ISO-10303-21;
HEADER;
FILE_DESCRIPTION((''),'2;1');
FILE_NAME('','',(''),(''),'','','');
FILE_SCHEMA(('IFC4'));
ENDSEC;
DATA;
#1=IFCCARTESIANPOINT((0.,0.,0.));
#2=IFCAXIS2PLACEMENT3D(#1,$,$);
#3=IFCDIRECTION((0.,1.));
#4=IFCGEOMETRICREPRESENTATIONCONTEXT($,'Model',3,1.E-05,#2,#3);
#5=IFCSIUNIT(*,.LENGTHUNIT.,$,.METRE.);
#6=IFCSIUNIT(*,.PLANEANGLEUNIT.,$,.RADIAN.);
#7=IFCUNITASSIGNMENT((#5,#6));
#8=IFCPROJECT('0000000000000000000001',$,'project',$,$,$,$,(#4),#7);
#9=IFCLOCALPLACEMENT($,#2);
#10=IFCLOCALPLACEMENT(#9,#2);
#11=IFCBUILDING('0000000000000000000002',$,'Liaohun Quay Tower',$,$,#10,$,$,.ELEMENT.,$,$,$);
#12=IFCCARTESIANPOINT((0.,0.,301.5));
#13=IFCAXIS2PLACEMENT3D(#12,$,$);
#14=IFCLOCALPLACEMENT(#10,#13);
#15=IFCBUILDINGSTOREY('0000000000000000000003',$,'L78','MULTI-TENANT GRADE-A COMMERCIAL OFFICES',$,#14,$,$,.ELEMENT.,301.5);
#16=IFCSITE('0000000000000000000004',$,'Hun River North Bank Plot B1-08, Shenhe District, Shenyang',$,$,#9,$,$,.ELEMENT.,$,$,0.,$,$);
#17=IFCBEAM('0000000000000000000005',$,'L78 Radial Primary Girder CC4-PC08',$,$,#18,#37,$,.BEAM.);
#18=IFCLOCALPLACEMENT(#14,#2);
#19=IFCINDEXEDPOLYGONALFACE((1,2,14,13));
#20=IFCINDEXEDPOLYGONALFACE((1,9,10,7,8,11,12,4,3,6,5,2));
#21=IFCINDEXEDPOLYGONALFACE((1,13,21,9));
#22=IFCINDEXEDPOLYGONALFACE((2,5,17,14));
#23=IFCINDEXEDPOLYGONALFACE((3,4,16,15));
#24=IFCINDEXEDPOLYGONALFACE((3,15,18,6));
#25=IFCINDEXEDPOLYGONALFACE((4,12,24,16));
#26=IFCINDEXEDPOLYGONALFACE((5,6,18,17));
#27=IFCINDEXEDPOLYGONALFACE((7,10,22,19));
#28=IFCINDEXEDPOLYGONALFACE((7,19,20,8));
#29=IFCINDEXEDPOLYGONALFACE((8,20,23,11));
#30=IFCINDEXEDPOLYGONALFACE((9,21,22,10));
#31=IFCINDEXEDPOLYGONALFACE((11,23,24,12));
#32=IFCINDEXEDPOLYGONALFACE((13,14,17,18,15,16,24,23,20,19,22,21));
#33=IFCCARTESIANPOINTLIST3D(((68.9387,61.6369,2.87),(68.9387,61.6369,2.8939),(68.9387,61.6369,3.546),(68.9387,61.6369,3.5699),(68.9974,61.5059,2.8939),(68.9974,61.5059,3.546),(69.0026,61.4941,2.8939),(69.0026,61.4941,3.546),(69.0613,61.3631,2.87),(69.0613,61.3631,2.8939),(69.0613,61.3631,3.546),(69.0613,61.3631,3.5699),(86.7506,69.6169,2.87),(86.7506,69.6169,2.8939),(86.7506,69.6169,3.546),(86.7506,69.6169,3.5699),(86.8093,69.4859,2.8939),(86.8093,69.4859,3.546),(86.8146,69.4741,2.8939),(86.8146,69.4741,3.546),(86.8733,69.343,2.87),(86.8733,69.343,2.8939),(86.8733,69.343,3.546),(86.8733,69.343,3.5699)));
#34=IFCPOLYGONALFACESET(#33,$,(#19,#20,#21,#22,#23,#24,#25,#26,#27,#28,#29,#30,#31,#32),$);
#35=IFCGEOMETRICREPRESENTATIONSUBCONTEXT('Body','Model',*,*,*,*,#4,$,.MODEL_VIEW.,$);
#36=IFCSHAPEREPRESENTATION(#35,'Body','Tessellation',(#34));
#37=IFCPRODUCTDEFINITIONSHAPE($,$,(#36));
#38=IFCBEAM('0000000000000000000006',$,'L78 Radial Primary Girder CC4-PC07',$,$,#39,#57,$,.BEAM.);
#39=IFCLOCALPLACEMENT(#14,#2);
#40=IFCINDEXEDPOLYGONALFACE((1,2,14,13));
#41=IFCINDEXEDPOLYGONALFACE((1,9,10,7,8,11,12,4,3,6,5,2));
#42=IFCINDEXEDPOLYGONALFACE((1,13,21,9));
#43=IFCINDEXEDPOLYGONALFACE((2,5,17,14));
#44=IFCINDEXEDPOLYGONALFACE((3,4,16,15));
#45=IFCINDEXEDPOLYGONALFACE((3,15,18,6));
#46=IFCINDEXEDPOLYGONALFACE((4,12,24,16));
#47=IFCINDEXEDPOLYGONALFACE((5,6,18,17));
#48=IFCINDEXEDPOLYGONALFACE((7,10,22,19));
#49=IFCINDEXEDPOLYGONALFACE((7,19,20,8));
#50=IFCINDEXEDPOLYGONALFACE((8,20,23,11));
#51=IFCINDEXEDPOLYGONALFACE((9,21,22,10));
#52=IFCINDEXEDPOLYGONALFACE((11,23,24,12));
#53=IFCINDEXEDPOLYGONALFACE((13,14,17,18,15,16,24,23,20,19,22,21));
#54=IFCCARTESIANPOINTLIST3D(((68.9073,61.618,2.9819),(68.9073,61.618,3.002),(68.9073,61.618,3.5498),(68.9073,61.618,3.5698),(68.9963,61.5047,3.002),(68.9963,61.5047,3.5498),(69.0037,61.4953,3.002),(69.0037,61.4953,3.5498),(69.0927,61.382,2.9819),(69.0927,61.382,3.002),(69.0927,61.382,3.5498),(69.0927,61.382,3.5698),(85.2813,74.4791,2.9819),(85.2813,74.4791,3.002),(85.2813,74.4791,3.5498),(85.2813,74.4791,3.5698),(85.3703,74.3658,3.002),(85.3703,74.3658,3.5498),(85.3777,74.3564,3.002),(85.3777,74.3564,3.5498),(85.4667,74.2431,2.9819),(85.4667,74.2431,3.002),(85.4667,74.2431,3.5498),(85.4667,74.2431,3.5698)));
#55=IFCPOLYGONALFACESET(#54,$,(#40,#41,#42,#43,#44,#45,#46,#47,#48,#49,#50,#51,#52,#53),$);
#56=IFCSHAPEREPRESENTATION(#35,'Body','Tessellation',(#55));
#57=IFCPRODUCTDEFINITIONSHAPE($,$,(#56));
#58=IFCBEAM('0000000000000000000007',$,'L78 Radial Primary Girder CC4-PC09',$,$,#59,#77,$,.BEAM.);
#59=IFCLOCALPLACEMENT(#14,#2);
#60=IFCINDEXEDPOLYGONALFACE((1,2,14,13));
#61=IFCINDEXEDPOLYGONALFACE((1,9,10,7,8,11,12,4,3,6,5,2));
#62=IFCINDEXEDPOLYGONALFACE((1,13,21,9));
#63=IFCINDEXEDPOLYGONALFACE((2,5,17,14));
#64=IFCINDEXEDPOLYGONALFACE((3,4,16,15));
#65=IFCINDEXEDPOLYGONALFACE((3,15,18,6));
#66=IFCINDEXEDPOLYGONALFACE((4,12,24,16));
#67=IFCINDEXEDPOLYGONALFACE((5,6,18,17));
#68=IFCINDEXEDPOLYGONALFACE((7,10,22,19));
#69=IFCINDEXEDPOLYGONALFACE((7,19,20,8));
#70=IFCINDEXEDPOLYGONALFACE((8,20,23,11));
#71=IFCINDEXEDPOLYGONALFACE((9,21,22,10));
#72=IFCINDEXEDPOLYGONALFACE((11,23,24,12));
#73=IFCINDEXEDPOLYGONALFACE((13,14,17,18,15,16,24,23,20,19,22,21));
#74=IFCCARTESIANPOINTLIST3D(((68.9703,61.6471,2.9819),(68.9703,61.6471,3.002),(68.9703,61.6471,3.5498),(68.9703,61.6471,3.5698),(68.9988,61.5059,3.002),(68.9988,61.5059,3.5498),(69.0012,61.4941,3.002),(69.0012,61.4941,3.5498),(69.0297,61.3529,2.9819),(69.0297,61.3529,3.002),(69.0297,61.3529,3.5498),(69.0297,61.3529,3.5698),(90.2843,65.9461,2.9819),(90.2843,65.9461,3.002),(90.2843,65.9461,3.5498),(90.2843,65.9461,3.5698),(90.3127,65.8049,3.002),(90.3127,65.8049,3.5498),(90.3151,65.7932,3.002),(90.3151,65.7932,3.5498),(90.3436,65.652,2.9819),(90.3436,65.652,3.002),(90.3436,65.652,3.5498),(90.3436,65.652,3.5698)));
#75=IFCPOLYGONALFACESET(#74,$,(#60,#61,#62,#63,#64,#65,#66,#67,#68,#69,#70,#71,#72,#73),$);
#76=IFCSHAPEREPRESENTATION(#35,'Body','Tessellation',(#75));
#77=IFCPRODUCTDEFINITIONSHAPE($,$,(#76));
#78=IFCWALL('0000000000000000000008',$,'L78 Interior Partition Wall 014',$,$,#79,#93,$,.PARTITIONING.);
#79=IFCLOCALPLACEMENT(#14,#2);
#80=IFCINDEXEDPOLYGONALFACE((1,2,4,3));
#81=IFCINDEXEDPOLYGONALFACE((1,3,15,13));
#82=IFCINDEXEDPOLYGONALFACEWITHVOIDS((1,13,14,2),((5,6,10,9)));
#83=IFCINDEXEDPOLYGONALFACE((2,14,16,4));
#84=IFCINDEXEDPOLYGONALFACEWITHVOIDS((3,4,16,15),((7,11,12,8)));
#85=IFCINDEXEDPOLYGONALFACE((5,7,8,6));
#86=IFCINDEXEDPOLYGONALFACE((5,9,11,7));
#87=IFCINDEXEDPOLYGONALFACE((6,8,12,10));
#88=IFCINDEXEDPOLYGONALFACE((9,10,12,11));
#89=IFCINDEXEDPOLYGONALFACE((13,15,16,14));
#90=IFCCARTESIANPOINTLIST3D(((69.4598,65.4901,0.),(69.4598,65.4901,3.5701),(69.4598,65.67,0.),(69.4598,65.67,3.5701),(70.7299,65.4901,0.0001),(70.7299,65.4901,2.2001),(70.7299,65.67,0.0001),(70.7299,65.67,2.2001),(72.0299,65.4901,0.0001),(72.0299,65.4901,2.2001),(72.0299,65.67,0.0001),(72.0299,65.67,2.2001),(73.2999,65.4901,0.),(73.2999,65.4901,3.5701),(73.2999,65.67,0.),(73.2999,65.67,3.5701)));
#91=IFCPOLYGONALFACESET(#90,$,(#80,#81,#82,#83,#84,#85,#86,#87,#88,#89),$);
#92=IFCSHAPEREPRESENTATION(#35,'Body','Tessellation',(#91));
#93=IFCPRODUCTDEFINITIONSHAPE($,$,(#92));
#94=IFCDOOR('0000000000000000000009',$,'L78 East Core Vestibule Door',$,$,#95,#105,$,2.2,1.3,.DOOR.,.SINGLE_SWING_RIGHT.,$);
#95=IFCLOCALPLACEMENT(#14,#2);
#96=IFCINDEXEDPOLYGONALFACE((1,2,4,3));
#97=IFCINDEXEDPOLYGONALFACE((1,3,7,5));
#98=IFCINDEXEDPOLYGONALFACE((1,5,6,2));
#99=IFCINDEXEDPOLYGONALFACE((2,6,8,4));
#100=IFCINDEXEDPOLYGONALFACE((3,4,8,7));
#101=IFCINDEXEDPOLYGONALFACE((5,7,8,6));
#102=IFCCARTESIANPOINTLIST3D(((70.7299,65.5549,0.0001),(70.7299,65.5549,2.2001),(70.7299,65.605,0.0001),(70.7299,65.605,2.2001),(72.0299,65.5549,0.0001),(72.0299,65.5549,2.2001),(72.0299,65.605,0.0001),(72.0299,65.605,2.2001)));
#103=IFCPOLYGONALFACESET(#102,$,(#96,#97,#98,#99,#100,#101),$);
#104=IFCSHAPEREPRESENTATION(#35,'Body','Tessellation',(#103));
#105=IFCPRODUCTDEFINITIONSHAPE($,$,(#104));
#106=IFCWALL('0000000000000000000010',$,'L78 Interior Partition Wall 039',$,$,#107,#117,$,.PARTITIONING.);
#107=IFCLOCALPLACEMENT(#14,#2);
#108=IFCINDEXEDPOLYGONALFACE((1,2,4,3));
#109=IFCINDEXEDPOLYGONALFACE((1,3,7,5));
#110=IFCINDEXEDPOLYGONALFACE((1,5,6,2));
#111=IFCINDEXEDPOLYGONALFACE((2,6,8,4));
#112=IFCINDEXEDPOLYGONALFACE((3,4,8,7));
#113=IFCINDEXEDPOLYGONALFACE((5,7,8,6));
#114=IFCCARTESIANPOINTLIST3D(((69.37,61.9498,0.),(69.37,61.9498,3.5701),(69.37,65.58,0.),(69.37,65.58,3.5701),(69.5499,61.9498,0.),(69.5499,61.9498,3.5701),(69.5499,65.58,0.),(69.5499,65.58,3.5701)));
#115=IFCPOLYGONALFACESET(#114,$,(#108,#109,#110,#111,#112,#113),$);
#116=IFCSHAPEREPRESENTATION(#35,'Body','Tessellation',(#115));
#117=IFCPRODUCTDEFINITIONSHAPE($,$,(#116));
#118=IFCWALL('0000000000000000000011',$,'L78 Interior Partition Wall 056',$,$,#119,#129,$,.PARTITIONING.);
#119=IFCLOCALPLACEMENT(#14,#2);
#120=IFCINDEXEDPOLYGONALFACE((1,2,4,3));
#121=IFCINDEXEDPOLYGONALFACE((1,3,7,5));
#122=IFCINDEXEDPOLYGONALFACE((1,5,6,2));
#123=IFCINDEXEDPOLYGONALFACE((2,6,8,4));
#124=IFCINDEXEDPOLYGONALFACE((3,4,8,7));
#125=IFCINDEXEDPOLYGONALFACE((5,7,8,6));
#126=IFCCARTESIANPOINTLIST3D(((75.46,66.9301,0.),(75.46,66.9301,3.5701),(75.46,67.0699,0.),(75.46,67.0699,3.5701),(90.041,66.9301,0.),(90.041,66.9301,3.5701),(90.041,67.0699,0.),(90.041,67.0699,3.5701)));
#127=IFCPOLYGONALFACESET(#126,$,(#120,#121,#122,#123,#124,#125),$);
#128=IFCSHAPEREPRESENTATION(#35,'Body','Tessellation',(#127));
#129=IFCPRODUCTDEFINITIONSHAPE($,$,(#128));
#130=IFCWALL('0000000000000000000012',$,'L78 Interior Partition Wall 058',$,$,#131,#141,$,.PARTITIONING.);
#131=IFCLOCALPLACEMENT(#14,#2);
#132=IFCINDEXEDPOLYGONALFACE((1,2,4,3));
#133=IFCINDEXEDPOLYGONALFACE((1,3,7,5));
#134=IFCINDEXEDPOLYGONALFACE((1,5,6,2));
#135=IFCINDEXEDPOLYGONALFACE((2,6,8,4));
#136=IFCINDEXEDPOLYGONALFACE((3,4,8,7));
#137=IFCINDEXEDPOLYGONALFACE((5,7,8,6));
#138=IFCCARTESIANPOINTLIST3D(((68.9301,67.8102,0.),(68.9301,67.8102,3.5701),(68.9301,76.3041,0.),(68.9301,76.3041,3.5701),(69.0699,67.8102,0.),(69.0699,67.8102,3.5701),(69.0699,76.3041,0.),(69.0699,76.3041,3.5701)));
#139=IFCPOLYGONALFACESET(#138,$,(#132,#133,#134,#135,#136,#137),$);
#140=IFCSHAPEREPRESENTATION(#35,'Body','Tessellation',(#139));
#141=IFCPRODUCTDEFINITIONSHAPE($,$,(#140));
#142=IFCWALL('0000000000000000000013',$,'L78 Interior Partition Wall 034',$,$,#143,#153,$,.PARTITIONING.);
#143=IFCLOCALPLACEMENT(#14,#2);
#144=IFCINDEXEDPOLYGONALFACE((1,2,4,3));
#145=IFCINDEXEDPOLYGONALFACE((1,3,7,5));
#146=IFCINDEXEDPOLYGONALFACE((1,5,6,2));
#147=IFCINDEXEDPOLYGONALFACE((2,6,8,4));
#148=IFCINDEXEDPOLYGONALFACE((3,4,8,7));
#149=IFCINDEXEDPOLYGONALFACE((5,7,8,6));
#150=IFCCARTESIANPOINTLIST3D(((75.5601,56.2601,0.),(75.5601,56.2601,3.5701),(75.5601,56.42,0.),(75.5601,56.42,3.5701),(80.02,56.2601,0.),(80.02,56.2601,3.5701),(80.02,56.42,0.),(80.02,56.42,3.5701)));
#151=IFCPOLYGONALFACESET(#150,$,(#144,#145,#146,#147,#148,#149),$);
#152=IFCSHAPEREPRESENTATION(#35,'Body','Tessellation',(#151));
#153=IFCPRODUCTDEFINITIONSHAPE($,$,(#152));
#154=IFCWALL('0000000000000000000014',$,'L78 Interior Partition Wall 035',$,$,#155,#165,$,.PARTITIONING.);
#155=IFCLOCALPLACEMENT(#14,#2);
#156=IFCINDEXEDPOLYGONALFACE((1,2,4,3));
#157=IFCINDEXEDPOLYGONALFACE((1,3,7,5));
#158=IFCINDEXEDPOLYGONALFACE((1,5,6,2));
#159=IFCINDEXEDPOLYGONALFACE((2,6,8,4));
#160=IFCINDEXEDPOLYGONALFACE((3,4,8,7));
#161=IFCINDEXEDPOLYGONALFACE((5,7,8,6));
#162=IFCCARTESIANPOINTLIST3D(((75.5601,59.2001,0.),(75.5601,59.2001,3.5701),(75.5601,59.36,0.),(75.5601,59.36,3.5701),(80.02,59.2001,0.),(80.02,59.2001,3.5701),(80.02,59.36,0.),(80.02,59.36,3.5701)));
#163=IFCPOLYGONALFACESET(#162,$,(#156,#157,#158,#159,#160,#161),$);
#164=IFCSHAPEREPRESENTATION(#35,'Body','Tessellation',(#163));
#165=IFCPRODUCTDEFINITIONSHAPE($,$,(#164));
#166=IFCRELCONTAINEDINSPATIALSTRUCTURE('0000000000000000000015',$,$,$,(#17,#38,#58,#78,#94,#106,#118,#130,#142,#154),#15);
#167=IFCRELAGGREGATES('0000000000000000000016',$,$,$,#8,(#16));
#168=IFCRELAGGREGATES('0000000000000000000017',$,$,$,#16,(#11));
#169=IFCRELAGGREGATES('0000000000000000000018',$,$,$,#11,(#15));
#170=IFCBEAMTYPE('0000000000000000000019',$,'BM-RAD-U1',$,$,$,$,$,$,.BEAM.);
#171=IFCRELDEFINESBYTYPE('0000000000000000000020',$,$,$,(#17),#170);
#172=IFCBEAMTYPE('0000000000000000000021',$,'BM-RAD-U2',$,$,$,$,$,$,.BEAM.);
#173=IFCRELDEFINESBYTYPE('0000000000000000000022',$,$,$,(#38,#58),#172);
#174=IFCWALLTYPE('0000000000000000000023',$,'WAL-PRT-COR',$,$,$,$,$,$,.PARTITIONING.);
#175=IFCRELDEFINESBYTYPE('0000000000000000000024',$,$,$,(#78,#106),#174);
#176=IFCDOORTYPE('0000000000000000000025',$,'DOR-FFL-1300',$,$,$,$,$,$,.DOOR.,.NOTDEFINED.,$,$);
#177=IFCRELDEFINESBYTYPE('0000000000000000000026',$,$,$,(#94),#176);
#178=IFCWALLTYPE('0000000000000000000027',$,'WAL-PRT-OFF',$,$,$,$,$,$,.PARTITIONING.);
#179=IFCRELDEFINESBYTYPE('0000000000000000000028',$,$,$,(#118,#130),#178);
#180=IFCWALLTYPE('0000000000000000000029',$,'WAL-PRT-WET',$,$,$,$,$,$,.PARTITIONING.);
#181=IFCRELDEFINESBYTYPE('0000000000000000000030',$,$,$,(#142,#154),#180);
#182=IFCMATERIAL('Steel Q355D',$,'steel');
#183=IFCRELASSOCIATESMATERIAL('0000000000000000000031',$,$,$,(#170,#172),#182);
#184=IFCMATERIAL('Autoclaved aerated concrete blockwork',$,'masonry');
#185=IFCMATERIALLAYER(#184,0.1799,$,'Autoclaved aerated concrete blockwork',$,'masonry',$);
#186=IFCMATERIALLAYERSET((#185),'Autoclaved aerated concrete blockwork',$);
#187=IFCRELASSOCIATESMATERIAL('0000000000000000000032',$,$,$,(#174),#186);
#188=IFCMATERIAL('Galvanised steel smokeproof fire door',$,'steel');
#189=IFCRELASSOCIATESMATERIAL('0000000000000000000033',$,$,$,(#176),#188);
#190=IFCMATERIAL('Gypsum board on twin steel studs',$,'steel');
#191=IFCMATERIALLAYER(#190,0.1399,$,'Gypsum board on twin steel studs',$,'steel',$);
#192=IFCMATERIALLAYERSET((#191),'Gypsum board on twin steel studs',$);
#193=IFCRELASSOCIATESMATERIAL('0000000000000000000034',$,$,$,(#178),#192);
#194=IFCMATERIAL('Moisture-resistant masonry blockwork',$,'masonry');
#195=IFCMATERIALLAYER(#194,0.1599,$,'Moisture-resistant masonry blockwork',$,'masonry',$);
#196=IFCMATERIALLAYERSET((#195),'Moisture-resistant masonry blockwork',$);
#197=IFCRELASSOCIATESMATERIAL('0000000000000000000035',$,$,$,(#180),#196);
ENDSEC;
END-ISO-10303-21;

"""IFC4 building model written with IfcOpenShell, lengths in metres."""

from ifc_helpers import new_model, si_unit, direction, frame, frame_2d, origin, origin_2d, place, context, subcontext, project, spatial, rectangle, i_section, extrude, source, transform, mapped, material, layer, layer_set, material_profile, profile_set, type_object, element, fill, save


model = new_model("IFC4")

# Units and contexts
model_context = context("Model", 3, precision=1e-05, world=origin(), true_north=direction((0.0, 1.0)))
body_context = subcontext(model_context, "Body", "Model", "MODEL_VIEW")
ifc_project = project(units=[si_unit("LENGTHUNIT", "METRE"), si_unit("PLANEANGLEUNIT", "RADIAN")], contexts=[model_context])

# Site, building, storey
site_placement = place(None, origin())
site = spatial("IfcSite", under=ifc_project, at=site_placement, Name="Hun River North Bank Plot B1-08, Shenhe District, Shenyang", CompositionType="ELEMENT", RefElevation=0.0)
building_placement = place(site_placement, origin())
building = spatial("IfcBuilding", under=site, at=building_placement, Name="Liaohun Quay Tower", CompositionType="ELEMENT")
storey_placement = place(building_placement, frame((0.0, 0.0, 301.5)))
storey = spatial("IfcBuildingStorey", under=building, at=storey_placement, Name="L78", Description="MULTI-TENANT GRADE-A COMMERCIAL OFFICES", CompositionType="ELEMENT", Elevation=301.5)

# Beams
ifc_material_1 = material(Name="Steel Q355D", Category="steel")
ifc_material_profile_1 = material_profile(ifc_material_1, i_section(OverallWidth=0.3, OverallDepth=0.7, WebThickness=0.0129, FlangeThickness=0.0239, at=origin_2d()), Name="HN700x300x13x24")
ifc_profile_set_1 = profile_set([ifc_material_profile_1], Name="Steel Q355D")
beam_type_1 = type_object("IfcBeamType", Name="BM-RAD-U1", PredefinedType="BEAM", material=ifc_profile_set_1)
shared_shape_1 = source(origin(), body_context, "Body", "SweptSolid", [
    extrude(i_section(OverallWidth=0.3, OverallDepth=0.7, WebThickness=0.0129, FlangeThickness=0.0239, at=origin_2d()), origin(), (0.0, 0.0, 1.0), 19.5178),
])
beam_1_placement = place(storey_placement, frame((69.0, 61.5, 3.22), z_axis=(0.912599, 0.408855, 0.0), x_axis=(-0.408855, 0.912599, 0.0)))
element("IfcBeam", 1, at=beam_1_placement, inside=storey, type_object=beam_type_1, Name="L78 Radial Primary Girder CC4-PC08", PredefinedType="BEAM", context=body_context, shape_type="MappedRepresentation", body=[
    mapped(shared_shape_1, transform((0.0, 0.0, 0.0), x_axis=(1.0, 0.0, 0.0), y_axis=(0.0, 1.0, 0.0), z_axis=(0.0, 0.0, 1.0), scale=1.0)),
])
ifc_material_profile_2 = material_profile(ifc_material_1, i_section(OverallWidth=0.3, OverallDepth=0.5879, WebThickness=0.012, FlangeThickness=0.02, at=origin_2d()), Name="HM588x300x12x20")
ifc_profile_set_2 = profile_set([ifc_material_profile_2], Name="Steel Q355D")
beam_type_2 = type_object("IfcBeamType", Name="BM-RAD-U2", PredefinedType="BEAM", material=ifc_profile_set_2)
shared_shape_2 = source(origin(), body_context, "Body", "SweptSolid", [
    extrude(i_section(OverallWidth=0.3, OverallDepth=0.5879, WebThickness=0.012, FlangeThickness=0.02, at=origin_2d()), origin(), (0.0, 0.0, 1.0), 20.821),
])
beam_2_placement = place(storey_placement, frame((69.0, 61.5, 3.2759), z_axis=(0.786417, 0.617696, 0.0), x_axis=(-0.617696, 0.786417, 0.0)))
element("IfcBeam", 2, at=beam_2_placement, inside=storey, type_object=beam_type_2, Name="L78 Radial Primary Girder CC4-PC07", PredefinedType="BEAM", context=body_context, shape_type="MappedRepresentation", body=[
    mapped(shared_shape_2, transform((0.0, 0.0, 0.0), x_axis=(1.0, 0.0, 0.0), y_axis=(0.0, 1.0, 0.0), z_axis=(0.0, 0.0, 1.0), scale=1.0)),
])
shared_shape_3 = source(origin(), body_context, "Body", "SweptSolid", [
    extrude(i_section(OverallWidth=0.3, OverallDepth=0.5879, WebThickness=0.012, FlangeThickness=0.02, at=origin_2d()), origin(), (0.0, 0.0, 1.0), 21.7432),
])
beam_3_placement = place(storey_placement, frame((69.0, 61.5, 3.2759), z_axis=(0.980258, 0.19772, 0.0), x_axis=(-0.19772, 0.980258, 0.0)))
element("IfcBeam", 3, at=beam_3_placement, inside=storey, type_object=beam_type_2, Name="L78 Radial Primary Girder CC4-PC09", PredefinedType="BEAM", context=body_context, shape_type="MappedRepresentation", body=[
    mapped(shared_shape_3, transform((0.0, 0.0, 0.0), x_axis=(1.0, 0.0, 0.0), y_axis=(0.0, 1.0, 0.0), z_axis=(0.0, 0.0, 1.0), scale=1.0)),
])

# Wall, opening, door
ifc_material_2 = material(Name="Autoclaved aerated concrete blockwork", Category="masonry")
ifc_layer_1 = layer(ifc_material_2, 0.1799, Name="Autoclaved aerated concrete blockwork", Category="masonry")
ifc_layer_set_1 = layer_set([ifc_layer_1], Name="Autoclaved aerated concrete blockwork")
wall_type_1 = type_object("IfcWallType", Name="WAL-PRT-COR", PredefinedType="PARTITIONING", material=ifc_layer_set_1)
wall_1_placement = place(storey_placement, frame((69.46, 65.5801, 0.0), z_axis=(0.0, 0.0, 1.0), x_axis=(1.0, 0.0, 0.0)))
wall_1 = element("IfcWall", 4, at=wall_1_placement, inside=storey, type_object=wall_type_1, Name="L78 Interior Partition Wall 014", PredefinedType="PARTITIONING", context=body_context, shape_type="SweptSolid", body=[
    extrude(rectangle(XDim=3.8401, YDim=0.1799, at=frame_2d((1.9199, 0.0))), origin(), (0.0, 0.0, 1.0), 3.5701),
])
shared_shape_4 = source(origin(), body_context, "Body", "SweptSolid", [
    extrude(rectangle(XDim=1.3, YDim=2.2, at=frame_2d((0.6499, 1.1001))), frame((0.0, 0.0999, 0.0), z_axis=(0.0, -1.0, 0.0), x_axis=(1.0, 0.0, 0.0)), (0.0, 0.0, 1.0), 0.2),
])
opening_1_placement = place(wall_1_placement, frame((1.27, 0.0, 0.0)))
opening_1 = element("IfcOpeningElement", 5, at=opening_1_placement, cuts=wall_1, PredefinedType="OPENING", context=body_context, shape_type="MappedRepresentation", body=[
    mapped(shared_shape_4, transform((0.0, 0.0, 0.0), x_axis=(1.0, 0.0, 0.0), y_axis=(0.0, 1.0, 0.0), z_axis=(0.0, 0.0, 1.0), scale=1.0)),
])
ifc_material_3 = material(Name="Galvanised steel smokeproof fire door", Category="steel")
door_type_1 = type_object("IfcDoorType", Name="DOR-FFL-1300", OperationType="NOTDEFINED", PredefinedType="DOOR", material=ifc_material_3)
shared_shape_5 = source(origin(), body_context, "Body", "SweptSolid", [
    extrude(rectangle(XDim=1.3, YDim=2.2, at=frame_2d((0.6499, 1.1001))), frame((0.0, 0.0249, 0.0), z_axis=(0.0, -1.0, 0.0), x_axis=(1.0, 0.0, 0.0)), (0.0, 0.0, 1.0), 0.05),
])
door_1_placement = place(opening_1_placement, origin())
door_1 = element("IfcDoor", 6, at=door_1_placement, inside=storey, type_object=door_type_1, Name="L78 East Core Vestibule Door", OperationType="SINGLE_SWING_RIGHT", OverallHeight=2.2, OverallWidth=1.3, PredefinedType="DOOR", context=body_context, shape_type="MappedRepresentation", body=[
    mapped(shared_shape_5, transform((0.0, 0.0, 0.0), x_axis=(1.0, 0.0, 0.0), y_axis=(0.0, 1.0, 0.0), z_axis=(0.0, 0.0, 1.0), scale=1.0)),
])
fill(opening_1, door_1)

# Walls
wall_2_placement = place(storey_placement, frame((69.46, 61.95, 0.0), z_axis=(0.0, 0.0, 1.0), x_axis=(0.0, 1.0, 0.0)))
element("IfcWall", 7, at=wall_2_placement, inside=storey, type_object=wall_type_1, Name="L78 Interior Partition Wall 039", PredefinedType="PARTITIONING", context=body_context, shape_type="SweptSolid", body=[
    extrude(rectangle(XDim=3.6301, YDim=0.1799, at=frame_2d((1.8149, 0.0))), origin(), (0.0, 0.0, 1.0), 3.5701),
])
ifc_material_4 = material(Name="Gypsum board on twin steel studs", Category="steel")
ifc_layer_2 = layer(ifc_material_4, 0.1399, Name="Gypsum board on twin steel studs", Category="steel")
ifc_layer_set_2 = layer_set([ifc_layer_2], Name="Gypsum board on twin steel studs")
wall_type_2 = type_object("IfcWallType", Name="WAL-PRT-OFF", PredefinedType="PARTITIONING", material=ifc_layer_set_2)
wall_3_placement = place(storey_placement, frame((75.46, 67.0, 0.0), z_axis=(0.0, 0.0, 1.0), x_axis=(1.0, 0.0, 0.0)))
element("IfcWall", 8, at=wall_3_placement, inside=storey, type_object=wall_type_2, Name="L78 Interior Partition Wall 056", PredefinedType="PARTITIONING", context=body_context, shape_type="SweptSolid", body=[
    extrude(rectangle(XDim=14.5811, YDim=0.1399, at=frame_2d((7.2905, 0.0))), origin(), (0.0, 0.0, 1.0), 3.5701),
])
wall_4_placement = place(storey_placement, frame((69.0, 67.8101, 0.0), z_axis=(0.0, 0.0, 1.0), x_axis=(0.0, 1.0, 0.0)))
element("IfcWall", 9, at=wall_4_placement, inside=storey, type_object=wall_type_2, Name="L78 Interior Partition Wall 058", PredefinedType="PARTITIONING", context=body_context, shape_type="SweptSolid", body=[
    extrude(rectangle(XDim=8.4939, YDim=0.1399, at=frame_2d((4.2471, 0.0))), origin(), (0.0, 0.0, 1.0), 3.5701),
])

# Shared definitions
ifc_material_5 = material(Name="Moisture-resistant masonry blockwork", Category="masonry")
ifc_layer_3 = layer(ifc_material_5, 0.1599, Name="Moisture-resistant masonry blockwork", Category="masonry")
ifc_layer_set_3 = layer_set([ifc_layer_3], Name="Moisture-resistant masonry blockwork")
wall_type_3 = type_object("IfcWallType", Name="WAL-PRT-WET", PredefinedType="PARTITIONING", material=ifc_layer_set_3)

# Walls
for number, where, z_axis, x_axis, name in (
    (10, (75.5601, 56.3401, 0.0), (0.0, 0.0, 1.0), (1.0, 0.0, 0.0), "L78 Interior Partition Wall 034"),
    (11, (75.5601, 59.28, 0.0), (0.0, 0.0, 1.0), (1.0, 0.0, 0.0), "L78 Interior Partition Wall 035"),
):
    element("IfcWall", number, at=place(storey_placement, frame(where, z_axis=z_axis, x_axis=x_axis)), inside=storey, type_object=wall_type_3, Name=name, PredefinedType="PARTITIONING", context=body_context, shape_type="SweptSolid", body=[
        extrude(rectangle(XDim=4.46, YDim=0.1599, at=frame_2d((2.23, 0.0))), origin(), (0.0, 0.0, 1.0), 3.5701),
    ])

save(model, "model.ifc")
